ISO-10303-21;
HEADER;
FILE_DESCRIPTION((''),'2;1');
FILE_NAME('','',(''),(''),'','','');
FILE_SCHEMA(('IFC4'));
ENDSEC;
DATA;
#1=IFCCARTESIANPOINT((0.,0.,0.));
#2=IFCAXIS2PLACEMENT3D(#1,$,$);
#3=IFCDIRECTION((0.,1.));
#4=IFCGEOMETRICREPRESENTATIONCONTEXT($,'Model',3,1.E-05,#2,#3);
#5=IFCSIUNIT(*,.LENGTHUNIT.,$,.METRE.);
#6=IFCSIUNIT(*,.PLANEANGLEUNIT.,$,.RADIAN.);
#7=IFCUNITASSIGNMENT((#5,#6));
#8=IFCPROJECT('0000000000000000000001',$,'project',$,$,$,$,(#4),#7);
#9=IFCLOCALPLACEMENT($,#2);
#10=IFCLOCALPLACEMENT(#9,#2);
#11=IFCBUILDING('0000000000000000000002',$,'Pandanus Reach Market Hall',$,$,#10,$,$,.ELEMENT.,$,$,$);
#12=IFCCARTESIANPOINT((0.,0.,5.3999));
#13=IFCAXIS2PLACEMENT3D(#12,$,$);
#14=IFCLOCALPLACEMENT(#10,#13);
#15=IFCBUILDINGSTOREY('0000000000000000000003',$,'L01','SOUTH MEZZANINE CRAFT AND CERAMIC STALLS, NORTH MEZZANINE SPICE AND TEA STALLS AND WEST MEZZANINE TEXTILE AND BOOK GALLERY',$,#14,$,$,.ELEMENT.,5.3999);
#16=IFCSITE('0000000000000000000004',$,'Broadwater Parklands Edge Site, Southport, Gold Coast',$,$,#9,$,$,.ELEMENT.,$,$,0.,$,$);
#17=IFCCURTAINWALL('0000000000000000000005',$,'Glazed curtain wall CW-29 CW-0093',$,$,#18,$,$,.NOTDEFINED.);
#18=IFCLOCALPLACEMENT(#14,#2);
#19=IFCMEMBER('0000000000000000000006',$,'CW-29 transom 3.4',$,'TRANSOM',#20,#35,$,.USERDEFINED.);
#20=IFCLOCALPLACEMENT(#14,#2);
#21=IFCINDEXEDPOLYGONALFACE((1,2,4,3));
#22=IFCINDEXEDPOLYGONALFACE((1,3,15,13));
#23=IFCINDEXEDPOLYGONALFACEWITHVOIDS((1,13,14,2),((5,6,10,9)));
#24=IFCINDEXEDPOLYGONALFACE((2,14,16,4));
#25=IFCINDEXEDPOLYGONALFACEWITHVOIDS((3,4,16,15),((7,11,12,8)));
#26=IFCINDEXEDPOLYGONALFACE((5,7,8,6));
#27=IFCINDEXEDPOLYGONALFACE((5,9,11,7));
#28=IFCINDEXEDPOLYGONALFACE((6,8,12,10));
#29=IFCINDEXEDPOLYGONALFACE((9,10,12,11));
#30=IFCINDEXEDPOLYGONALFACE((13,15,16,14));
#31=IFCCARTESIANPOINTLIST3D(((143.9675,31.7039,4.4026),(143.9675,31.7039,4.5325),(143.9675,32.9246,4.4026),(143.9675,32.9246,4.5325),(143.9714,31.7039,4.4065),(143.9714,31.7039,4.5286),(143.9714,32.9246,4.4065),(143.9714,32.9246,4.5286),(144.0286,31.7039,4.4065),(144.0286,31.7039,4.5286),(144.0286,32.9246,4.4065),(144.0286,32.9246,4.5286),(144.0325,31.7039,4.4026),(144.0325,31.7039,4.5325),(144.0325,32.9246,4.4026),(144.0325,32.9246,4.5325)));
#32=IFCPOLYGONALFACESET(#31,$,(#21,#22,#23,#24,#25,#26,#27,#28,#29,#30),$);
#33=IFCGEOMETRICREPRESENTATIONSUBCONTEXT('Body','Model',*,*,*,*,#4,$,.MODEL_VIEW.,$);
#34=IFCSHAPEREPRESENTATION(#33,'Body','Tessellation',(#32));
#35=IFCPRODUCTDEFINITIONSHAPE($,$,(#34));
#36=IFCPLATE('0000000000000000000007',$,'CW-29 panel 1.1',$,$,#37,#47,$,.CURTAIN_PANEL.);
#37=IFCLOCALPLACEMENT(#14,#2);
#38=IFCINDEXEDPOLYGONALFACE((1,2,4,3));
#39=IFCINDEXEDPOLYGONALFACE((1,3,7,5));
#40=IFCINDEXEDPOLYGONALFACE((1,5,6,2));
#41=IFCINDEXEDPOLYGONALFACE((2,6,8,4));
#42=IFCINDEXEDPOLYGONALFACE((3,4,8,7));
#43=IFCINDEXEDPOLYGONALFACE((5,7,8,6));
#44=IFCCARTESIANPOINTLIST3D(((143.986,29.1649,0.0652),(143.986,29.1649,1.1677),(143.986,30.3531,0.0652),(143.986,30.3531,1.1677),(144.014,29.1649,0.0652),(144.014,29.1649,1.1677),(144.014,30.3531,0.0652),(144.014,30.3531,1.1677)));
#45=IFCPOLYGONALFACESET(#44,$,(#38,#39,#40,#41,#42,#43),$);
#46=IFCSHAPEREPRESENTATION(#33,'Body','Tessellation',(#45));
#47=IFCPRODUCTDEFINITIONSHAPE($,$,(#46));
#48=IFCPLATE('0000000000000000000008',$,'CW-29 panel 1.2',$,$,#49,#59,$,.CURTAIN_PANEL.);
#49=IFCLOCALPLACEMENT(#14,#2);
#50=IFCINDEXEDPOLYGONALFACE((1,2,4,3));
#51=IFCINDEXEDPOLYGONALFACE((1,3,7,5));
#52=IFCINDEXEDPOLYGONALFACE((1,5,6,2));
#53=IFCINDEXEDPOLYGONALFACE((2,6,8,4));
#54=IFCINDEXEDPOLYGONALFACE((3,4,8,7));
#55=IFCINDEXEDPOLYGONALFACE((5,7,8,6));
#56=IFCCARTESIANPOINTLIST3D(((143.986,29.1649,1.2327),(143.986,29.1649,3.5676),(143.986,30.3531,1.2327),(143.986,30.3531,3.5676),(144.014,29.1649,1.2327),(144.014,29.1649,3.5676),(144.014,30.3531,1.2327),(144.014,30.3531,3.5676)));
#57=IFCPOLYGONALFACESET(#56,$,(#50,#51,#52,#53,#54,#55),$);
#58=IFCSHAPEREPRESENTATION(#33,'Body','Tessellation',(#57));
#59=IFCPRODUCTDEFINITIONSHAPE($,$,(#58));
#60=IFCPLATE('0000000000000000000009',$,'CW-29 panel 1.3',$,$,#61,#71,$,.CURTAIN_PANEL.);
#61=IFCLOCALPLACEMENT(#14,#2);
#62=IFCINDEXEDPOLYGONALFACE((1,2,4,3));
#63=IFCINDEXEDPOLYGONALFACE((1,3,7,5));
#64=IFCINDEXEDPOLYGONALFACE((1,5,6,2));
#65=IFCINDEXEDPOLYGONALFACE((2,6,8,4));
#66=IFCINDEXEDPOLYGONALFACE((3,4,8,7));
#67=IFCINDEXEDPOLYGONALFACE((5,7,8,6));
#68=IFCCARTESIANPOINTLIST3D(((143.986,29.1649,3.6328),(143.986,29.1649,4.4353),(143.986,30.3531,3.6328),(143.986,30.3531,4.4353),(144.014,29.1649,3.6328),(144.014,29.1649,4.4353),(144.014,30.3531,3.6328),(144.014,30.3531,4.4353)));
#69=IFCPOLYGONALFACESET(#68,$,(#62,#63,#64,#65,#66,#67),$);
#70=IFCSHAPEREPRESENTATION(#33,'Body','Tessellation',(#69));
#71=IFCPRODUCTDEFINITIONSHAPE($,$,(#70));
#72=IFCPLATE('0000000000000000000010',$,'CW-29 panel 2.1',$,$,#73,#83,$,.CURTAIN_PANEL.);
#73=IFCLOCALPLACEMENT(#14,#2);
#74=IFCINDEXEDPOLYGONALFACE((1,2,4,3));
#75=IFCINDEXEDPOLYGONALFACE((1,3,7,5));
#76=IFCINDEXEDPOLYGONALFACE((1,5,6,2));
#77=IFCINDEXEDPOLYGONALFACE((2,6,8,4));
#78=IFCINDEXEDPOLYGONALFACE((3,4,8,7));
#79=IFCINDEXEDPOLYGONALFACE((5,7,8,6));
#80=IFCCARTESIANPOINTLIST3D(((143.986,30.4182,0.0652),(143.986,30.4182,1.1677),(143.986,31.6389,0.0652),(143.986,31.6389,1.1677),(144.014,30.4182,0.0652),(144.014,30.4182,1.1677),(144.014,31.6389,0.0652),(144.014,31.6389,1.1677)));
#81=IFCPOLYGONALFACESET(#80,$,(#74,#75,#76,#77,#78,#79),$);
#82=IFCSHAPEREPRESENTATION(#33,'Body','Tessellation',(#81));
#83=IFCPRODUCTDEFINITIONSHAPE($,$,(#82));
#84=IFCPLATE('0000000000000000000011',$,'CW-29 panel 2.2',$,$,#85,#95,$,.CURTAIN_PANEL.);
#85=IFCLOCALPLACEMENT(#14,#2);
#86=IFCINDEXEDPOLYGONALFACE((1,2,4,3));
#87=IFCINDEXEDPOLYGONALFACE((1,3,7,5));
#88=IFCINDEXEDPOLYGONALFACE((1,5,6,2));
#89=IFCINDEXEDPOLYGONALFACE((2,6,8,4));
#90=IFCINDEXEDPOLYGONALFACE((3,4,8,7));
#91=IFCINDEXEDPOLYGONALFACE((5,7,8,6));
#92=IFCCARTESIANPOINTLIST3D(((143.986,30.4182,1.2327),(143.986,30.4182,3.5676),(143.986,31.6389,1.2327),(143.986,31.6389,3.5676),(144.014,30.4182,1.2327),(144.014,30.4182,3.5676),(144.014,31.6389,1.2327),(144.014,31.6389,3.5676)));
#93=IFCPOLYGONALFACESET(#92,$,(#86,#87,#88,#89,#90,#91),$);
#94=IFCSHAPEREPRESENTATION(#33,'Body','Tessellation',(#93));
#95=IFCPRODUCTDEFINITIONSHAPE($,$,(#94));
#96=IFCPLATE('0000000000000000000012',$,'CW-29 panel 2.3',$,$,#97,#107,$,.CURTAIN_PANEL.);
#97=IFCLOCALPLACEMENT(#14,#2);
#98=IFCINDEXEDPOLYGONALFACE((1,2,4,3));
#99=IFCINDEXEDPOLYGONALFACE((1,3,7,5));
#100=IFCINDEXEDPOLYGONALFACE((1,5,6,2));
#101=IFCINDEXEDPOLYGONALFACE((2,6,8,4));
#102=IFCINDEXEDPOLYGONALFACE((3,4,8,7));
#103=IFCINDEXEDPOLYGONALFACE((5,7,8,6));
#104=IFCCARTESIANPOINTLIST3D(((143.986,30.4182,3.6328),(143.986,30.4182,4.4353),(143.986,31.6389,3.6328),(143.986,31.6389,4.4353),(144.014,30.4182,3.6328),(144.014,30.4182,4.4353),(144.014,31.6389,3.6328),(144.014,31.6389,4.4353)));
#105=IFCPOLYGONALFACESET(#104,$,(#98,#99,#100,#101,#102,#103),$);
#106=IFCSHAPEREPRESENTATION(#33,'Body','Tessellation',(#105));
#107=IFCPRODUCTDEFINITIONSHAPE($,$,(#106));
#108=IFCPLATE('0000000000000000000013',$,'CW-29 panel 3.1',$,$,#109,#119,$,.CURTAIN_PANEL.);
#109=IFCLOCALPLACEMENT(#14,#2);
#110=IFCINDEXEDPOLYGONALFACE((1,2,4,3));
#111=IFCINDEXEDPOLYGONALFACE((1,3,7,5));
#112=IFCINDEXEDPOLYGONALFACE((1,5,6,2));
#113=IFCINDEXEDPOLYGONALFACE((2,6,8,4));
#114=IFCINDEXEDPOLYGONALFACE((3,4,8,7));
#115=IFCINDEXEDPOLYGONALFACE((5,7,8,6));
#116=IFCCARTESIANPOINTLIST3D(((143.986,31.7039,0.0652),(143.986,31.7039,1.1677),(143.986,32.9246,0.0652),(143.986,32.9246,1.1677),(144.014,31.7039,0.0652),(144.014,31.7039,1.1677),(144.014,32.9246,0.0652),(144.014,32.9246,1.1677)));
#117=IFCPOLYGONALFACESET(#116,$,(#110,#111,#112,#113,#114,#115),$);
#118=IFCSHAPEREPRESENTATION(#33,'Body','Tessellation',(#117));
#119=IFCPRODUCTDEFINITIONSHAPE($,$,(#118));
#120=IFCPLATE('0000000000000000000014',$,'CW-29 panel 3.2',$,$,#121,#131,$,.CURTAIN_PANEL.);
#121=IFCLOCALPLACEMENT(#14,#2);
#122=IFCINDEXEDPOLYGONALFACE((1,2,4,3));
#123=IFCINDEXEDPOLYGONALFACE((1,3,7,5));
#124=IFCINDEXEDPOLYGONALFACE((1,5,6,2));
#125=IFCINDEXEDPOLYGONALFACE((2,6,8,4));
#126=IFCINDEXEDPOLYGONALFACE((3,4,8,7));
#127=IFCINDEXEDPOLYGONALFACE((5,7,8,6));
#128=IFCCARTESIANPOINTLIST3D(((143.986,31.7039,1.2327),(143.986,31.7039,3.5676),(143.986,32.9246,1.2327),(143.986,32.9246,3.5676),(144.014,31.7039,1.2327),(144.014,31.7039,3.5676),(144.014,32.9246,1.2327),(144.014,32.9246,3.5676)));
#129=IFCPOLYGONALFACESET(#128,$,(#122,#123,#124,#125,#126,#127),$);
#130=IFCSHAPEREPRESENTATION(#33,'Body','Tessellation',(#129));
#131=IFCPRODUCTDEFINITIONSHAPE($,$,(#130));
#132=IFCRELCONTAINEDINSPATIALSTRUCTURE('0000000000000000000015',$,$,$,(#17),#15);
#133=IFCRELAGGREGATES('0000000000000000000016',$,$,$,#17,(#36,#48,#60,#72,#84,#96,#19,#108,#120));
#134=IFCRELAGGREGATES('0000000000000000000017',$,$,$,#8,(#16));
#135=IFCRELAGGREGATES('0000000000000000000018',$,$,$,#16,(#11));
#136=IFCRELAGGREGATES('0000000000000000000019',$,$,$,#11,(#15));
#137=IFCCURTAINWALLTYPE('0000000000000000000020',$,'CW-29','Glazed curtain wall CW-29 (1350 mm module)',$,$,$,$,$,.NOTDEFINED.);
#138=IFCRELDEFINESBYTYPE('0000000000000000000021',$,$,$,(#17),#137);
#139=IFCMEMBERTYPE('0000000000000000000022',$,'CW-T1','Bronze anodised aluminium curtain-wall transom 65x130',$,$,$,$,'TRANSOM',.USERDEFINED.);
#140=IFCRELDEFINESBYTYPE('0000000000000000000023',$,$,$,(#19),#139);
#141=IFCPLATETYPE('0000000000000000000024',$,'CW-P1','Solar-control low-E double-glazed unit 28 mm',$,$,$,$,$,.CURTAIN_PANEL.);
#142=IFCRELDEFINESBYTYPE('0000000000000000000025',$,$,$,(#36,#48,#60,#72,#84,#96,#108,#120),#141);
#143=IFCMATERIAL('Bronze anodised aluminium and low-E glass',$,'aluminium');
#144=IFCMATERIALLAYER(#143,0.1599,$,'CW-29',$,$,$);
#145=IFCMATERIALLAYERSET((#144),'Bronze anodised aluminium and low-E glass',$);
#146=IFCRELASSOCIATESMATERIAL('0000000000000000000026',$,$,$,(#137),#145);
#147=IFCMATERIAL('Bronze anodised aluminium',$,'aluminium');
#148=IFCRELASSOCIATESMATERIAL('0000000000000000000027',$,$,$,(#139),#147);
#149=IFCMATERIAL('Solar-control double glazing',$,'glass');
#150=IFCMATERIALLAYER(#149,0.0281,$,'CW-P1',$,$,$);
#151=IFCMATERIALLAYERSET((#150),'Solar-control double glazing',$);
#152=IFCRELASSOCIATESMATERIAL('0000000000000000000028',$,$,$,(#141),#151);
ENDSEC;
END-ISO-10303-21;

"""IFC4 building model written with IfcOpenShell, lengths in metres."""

from ifc_helpers import new_model, si_unit, direction, frame, origin, origin_2d, place, context, subcontext, project, spatial, rectangle, hollow_rectangle, extrude, material, layer, layer_set, material_profile, profile_set, type_object, element, aggregate, save


model = new_model("IFC4")

# Units and contexts
model_context = context("Model", 3, precision=1e-05, world=origin(), true_north=direction((0.0, 1.0)))
body_context = subcontext(model_context, "Body", "Model", "MODEL_VIEW")
ifc_project = project(units=[si_unit("LENGTHUNIT", "METRE"), si_unit("PLANEANGLEUNIT", "RADIAN")], contexts=[model_context])

# Site, building, storey
site_placement = place(None, origin())
site = spatial("IfcSite", under=ifc_project, at=site_placement, Name="Broadwater Parklands Edge Site, Southport, Gold Coast", CompositionType="ELEMENT", RefElevation=0.0)
building_placement = place(site_placement, origin())
building = spatial("IfcBuilding", under=site, at=building_placement, Name="Pandanus Reach Market Hall", CompositionType="ELEMENT")
storey_placement = place(building_placement, frame((0.0, 0.0, 5.3999)))
storey = spatial("IfcBuildingStorey", under=building, at=storey_placement, Name="L01", Description="SOUTH MEZZANINE CRAFT AND CERAMIC STALLS, NORTH MEZZANINE SPICE AND TEA STALLS AND WEST MEZZANINE TEXTILE AND BOOK GALLERY", CompositionType="ELEMENT", Elevation=5.3999)

# Curtain wall, member, plates
ifc_material_1 = material(Name="Bronze anodised aluminium and low-E glass", Category="aluminium")
ifc_layer_1 = layer(ifc_material_1, 0.1599, Name="CW-29")
ifc_layer_set_1 = layer_set([ifc_layer_1], Name="Bronze anodised aluminium and low-E glass")
curtain_wall_type = type_object("IfcCurtainWallType", Name="CW-29", Description="Glazed curtain wall CW-29 (1350 mm module)", PredefinedType="NOTDEFINED", material=ifc_layer_set_1)
curtain_wall_placement = place(storey_placement, origin())
curtain_wall = element("IfcCurtainWall", 1, at=curtain_wall_placement, inside=storey, type_object=curtain_wall_type, Name="Glazed curtain wall CW-29 CW-0093", PredefinedType="NOTDEFINED")
ifc_material_2 = material(Name="Bronze anodised aluminium", Category="aluminium")
ifc_material_profile_1 = material_profile(ifc_material_2, hollow_rectangle(XDim=0.0649, YDim=0.1299, WallThickness=0.0039, at=origin_2d()), Name="ALU65x130", Category="LoadBearing")
ifc_profile_set_1 = profile_set([ifc_material_profile_1], Name="Bronze anodised aluminium")
member_type_1 = type_object("IfcMemberType", Name="CW-T1", Description="Bronze anodised aluminium curtain-wall transom 65x130", ElementType="TRANSOM", PredefinedType="USERDEFINED", material=ifc_profile_set_1)
member_1_placement = place(storey_placement, frame((144.0, 31.7039, 4.4675), z_axis=(0.0, 1.0, 0.0), x_axis=(-1.0, 0.0, 0.0)))
member_1 = element("IfcMember", 2, at=member_1_placement, type_object=member_type_1, Name="CW-29 transom 3.4", ObjectType="TRANSOM", PredefinedType="USERDEFINED", context=body_context, shape_type="SweptSolid", body=[
    extrude(hollow_rectangle(XDim=0.0649, YDim=0.1299, WallThickness=0.0039, at=origin_2d()), origin(), (0.0, 0.0, 1.0), 1.2207),
])
ifc_material_3 = material(Name="Solar-control double glazing", Category="glass")
ifc_layer_2 = layer(ifc_material_3, 0.0281, Name="CW-P1")
ifc_layer_set_2 = layer_set([ifc_layer_2], Name="Solar-control double glazing")
plate_type = type_object("IfcPlateType", Name="CW-P1", Description="Solar-control low-E double-glazed unit 28 mm", PredefinedType="CURTAIN_PANEL", material=ifc_layer_set_2)
plate_1_placement = place(storey_placement, frame((144.0, 29.759, 0.0652), z_axis=(0.0, 0.0, 1.0), x_axis=(0.0, 1.0, 0.0)))
plate_1 = element("IfcPlate", 3, at=plate_1_placement, type_object=plate_type, Name="CW-29 panel 1.1", PredefinedType="CURTAIN_PANEL", context=body_context, shape_type="SweptSolid", body=[
    extrude(rectangle(XDim=1.1882, YDim=0.0281, at=origin_2d()), origin(), (0.0, 0.0, 1.0), 1.1025),
])
plate_2_placement = place(storey_placement, frame((144.0, 29.759, 1.2327), z_axis=(0.0, 0.0, 1.0), x_axis=(0.0, 1.0, 0.0)))
plate_2 = element("IfcPlate", 4, at=plate_2_placement, type_object=plate_type, Name="CW-29 panel 1.2", PredefinedType="CURTAIN_PANEL", context=body_context, shape_type="SweptSolid", body=[
    extrude(rectangle(XDim=1.1882, YDim=0.0281, at=origin_2d()), origin(), (0.0, 0.0, 1.0), 2.335),
])
plate_3_placement = place(storey_placement, frame((144.0, 29.759, 3.6328), z_axis=(0.0, 0.0, 1.0), x_axis=(0.0, 1.0, 0.0)))
plate_3 = element("IfcPlate", 5, at=plate_3_placement, type_object=plate_type, Name="CW-29 panel 1.3", PredefinedType="CURTAIN_PANEL", context=body_context, shape_type="SweptSolid", body=[
    extrude(rectangle(XDim=1.1882, YDim=0.0281, at=origin_2d()), origin(), (0.0, 0.0, 1.0), 0.8025),
])
plate_4_placement = place(storey_placement, frame((144.0, 31.0286, 0.0652), z_axis=(0.0, 0.0, 1.0), x_axis=(0.0, 1.0, 0.0)))
plate_4 = element("IfcPlate", 6, at=plate_4_placement, type_object=plate_type, Name="CW-29 panel 2.1", PredefinedType="CURTAIN_PANEL", context=body_context, shape_type="SweptSolid", body=[
    extrude(rectangle(XDim=1.2207, YDim=0.0281, at=origin_2d()), origin(), (0.0, 0.0, 1.0), 1.1025),
])
plate_5_placement = place(storey_placement, frame((144.0, 31.0286, 1.2327), z_axis=(0.0, 0.0, 1.0), x_axis=(0.0, 1.0, 0.0)))
plate_5 = element("IfcPlate", 7, at=plate_5_placement, type_object=plate_type, Name="CW-29 panel 2.2", PredefinedType="CURTAIN_PANEL", context=body_context, shape_type="SweptSolid", body=[
    extrude(rectangle(XDim=1.2207, YDim=0.0281, at=origin_2d()), origin(), (0.0, 0.0, 1.0), 2.335),
])
plate_6_placement = place(storey_placement, frame((144.0, 31.0286, 3.6328), z_axis=(0.0, 0.0, 1.0), x_axis=(0.0, 1.0, 0.0)))
plate_6 = element("IfcPlate", 8, at=plate_6_placement, type_object=plate_type, Name="CW-29 panel 2.3", PredefinedType="CURTAIN_PANEL", context=body_context, shape_type="SweptSolid", body=[
    extrude(rectangle(XDim=1.2207, YDim=0.0281, at=origin_2d()), origin(), (0.0, 0.0, 1.0), 0.8025),
])
plate_7_placement = place(storey_placement, frame((144.0, 32.3142, 0.0652), z_axis=(0.0, 0.0, 1.0), x_axis=(0.0, 1.0, 0.0)))
plate_7 = element("IfcPlate", 9, at=plate_7_placement, type_object=plate_type, Name="CW-29 panel 3.1", PredefinedType="CURTAIN_PANEL", context=body_context, shape_type="SweptSolid", body=[
    extrude(rectangle(XDim=1.2207, YDim=0.0281, at=origin_2d()), origin(), (0.0, 0.0, 1.0), 1.1025),
])
plate_8_placement = place(storey_placement, frame((144.0, 32.3142, 1.2327), z_axis=(0.0, 0.0, 1.0), x_axis=(0.0, 1.0, 0.0)))
plate_8 = element("IfcPlate", 10, at=plate_8_placement, type_object=plate_type, Name="CW-29 panel 3.2", PredefinedType="CURTAIN_PANEL", context=body_context, shape_type="SweptSolid", body=[
    extrude(rectangle(XDim=1.2207, YDim=0.0281, at=origin_2d()), origin(), (0.0, 0.0, 1.0), 2.335),
])
aggregate(curtain_wall, [plate_1, plate_2, plate_3, plate_4, plate_5, plate_6, member_1, plate_7, plate_8])

save(model, "model.ifc")
